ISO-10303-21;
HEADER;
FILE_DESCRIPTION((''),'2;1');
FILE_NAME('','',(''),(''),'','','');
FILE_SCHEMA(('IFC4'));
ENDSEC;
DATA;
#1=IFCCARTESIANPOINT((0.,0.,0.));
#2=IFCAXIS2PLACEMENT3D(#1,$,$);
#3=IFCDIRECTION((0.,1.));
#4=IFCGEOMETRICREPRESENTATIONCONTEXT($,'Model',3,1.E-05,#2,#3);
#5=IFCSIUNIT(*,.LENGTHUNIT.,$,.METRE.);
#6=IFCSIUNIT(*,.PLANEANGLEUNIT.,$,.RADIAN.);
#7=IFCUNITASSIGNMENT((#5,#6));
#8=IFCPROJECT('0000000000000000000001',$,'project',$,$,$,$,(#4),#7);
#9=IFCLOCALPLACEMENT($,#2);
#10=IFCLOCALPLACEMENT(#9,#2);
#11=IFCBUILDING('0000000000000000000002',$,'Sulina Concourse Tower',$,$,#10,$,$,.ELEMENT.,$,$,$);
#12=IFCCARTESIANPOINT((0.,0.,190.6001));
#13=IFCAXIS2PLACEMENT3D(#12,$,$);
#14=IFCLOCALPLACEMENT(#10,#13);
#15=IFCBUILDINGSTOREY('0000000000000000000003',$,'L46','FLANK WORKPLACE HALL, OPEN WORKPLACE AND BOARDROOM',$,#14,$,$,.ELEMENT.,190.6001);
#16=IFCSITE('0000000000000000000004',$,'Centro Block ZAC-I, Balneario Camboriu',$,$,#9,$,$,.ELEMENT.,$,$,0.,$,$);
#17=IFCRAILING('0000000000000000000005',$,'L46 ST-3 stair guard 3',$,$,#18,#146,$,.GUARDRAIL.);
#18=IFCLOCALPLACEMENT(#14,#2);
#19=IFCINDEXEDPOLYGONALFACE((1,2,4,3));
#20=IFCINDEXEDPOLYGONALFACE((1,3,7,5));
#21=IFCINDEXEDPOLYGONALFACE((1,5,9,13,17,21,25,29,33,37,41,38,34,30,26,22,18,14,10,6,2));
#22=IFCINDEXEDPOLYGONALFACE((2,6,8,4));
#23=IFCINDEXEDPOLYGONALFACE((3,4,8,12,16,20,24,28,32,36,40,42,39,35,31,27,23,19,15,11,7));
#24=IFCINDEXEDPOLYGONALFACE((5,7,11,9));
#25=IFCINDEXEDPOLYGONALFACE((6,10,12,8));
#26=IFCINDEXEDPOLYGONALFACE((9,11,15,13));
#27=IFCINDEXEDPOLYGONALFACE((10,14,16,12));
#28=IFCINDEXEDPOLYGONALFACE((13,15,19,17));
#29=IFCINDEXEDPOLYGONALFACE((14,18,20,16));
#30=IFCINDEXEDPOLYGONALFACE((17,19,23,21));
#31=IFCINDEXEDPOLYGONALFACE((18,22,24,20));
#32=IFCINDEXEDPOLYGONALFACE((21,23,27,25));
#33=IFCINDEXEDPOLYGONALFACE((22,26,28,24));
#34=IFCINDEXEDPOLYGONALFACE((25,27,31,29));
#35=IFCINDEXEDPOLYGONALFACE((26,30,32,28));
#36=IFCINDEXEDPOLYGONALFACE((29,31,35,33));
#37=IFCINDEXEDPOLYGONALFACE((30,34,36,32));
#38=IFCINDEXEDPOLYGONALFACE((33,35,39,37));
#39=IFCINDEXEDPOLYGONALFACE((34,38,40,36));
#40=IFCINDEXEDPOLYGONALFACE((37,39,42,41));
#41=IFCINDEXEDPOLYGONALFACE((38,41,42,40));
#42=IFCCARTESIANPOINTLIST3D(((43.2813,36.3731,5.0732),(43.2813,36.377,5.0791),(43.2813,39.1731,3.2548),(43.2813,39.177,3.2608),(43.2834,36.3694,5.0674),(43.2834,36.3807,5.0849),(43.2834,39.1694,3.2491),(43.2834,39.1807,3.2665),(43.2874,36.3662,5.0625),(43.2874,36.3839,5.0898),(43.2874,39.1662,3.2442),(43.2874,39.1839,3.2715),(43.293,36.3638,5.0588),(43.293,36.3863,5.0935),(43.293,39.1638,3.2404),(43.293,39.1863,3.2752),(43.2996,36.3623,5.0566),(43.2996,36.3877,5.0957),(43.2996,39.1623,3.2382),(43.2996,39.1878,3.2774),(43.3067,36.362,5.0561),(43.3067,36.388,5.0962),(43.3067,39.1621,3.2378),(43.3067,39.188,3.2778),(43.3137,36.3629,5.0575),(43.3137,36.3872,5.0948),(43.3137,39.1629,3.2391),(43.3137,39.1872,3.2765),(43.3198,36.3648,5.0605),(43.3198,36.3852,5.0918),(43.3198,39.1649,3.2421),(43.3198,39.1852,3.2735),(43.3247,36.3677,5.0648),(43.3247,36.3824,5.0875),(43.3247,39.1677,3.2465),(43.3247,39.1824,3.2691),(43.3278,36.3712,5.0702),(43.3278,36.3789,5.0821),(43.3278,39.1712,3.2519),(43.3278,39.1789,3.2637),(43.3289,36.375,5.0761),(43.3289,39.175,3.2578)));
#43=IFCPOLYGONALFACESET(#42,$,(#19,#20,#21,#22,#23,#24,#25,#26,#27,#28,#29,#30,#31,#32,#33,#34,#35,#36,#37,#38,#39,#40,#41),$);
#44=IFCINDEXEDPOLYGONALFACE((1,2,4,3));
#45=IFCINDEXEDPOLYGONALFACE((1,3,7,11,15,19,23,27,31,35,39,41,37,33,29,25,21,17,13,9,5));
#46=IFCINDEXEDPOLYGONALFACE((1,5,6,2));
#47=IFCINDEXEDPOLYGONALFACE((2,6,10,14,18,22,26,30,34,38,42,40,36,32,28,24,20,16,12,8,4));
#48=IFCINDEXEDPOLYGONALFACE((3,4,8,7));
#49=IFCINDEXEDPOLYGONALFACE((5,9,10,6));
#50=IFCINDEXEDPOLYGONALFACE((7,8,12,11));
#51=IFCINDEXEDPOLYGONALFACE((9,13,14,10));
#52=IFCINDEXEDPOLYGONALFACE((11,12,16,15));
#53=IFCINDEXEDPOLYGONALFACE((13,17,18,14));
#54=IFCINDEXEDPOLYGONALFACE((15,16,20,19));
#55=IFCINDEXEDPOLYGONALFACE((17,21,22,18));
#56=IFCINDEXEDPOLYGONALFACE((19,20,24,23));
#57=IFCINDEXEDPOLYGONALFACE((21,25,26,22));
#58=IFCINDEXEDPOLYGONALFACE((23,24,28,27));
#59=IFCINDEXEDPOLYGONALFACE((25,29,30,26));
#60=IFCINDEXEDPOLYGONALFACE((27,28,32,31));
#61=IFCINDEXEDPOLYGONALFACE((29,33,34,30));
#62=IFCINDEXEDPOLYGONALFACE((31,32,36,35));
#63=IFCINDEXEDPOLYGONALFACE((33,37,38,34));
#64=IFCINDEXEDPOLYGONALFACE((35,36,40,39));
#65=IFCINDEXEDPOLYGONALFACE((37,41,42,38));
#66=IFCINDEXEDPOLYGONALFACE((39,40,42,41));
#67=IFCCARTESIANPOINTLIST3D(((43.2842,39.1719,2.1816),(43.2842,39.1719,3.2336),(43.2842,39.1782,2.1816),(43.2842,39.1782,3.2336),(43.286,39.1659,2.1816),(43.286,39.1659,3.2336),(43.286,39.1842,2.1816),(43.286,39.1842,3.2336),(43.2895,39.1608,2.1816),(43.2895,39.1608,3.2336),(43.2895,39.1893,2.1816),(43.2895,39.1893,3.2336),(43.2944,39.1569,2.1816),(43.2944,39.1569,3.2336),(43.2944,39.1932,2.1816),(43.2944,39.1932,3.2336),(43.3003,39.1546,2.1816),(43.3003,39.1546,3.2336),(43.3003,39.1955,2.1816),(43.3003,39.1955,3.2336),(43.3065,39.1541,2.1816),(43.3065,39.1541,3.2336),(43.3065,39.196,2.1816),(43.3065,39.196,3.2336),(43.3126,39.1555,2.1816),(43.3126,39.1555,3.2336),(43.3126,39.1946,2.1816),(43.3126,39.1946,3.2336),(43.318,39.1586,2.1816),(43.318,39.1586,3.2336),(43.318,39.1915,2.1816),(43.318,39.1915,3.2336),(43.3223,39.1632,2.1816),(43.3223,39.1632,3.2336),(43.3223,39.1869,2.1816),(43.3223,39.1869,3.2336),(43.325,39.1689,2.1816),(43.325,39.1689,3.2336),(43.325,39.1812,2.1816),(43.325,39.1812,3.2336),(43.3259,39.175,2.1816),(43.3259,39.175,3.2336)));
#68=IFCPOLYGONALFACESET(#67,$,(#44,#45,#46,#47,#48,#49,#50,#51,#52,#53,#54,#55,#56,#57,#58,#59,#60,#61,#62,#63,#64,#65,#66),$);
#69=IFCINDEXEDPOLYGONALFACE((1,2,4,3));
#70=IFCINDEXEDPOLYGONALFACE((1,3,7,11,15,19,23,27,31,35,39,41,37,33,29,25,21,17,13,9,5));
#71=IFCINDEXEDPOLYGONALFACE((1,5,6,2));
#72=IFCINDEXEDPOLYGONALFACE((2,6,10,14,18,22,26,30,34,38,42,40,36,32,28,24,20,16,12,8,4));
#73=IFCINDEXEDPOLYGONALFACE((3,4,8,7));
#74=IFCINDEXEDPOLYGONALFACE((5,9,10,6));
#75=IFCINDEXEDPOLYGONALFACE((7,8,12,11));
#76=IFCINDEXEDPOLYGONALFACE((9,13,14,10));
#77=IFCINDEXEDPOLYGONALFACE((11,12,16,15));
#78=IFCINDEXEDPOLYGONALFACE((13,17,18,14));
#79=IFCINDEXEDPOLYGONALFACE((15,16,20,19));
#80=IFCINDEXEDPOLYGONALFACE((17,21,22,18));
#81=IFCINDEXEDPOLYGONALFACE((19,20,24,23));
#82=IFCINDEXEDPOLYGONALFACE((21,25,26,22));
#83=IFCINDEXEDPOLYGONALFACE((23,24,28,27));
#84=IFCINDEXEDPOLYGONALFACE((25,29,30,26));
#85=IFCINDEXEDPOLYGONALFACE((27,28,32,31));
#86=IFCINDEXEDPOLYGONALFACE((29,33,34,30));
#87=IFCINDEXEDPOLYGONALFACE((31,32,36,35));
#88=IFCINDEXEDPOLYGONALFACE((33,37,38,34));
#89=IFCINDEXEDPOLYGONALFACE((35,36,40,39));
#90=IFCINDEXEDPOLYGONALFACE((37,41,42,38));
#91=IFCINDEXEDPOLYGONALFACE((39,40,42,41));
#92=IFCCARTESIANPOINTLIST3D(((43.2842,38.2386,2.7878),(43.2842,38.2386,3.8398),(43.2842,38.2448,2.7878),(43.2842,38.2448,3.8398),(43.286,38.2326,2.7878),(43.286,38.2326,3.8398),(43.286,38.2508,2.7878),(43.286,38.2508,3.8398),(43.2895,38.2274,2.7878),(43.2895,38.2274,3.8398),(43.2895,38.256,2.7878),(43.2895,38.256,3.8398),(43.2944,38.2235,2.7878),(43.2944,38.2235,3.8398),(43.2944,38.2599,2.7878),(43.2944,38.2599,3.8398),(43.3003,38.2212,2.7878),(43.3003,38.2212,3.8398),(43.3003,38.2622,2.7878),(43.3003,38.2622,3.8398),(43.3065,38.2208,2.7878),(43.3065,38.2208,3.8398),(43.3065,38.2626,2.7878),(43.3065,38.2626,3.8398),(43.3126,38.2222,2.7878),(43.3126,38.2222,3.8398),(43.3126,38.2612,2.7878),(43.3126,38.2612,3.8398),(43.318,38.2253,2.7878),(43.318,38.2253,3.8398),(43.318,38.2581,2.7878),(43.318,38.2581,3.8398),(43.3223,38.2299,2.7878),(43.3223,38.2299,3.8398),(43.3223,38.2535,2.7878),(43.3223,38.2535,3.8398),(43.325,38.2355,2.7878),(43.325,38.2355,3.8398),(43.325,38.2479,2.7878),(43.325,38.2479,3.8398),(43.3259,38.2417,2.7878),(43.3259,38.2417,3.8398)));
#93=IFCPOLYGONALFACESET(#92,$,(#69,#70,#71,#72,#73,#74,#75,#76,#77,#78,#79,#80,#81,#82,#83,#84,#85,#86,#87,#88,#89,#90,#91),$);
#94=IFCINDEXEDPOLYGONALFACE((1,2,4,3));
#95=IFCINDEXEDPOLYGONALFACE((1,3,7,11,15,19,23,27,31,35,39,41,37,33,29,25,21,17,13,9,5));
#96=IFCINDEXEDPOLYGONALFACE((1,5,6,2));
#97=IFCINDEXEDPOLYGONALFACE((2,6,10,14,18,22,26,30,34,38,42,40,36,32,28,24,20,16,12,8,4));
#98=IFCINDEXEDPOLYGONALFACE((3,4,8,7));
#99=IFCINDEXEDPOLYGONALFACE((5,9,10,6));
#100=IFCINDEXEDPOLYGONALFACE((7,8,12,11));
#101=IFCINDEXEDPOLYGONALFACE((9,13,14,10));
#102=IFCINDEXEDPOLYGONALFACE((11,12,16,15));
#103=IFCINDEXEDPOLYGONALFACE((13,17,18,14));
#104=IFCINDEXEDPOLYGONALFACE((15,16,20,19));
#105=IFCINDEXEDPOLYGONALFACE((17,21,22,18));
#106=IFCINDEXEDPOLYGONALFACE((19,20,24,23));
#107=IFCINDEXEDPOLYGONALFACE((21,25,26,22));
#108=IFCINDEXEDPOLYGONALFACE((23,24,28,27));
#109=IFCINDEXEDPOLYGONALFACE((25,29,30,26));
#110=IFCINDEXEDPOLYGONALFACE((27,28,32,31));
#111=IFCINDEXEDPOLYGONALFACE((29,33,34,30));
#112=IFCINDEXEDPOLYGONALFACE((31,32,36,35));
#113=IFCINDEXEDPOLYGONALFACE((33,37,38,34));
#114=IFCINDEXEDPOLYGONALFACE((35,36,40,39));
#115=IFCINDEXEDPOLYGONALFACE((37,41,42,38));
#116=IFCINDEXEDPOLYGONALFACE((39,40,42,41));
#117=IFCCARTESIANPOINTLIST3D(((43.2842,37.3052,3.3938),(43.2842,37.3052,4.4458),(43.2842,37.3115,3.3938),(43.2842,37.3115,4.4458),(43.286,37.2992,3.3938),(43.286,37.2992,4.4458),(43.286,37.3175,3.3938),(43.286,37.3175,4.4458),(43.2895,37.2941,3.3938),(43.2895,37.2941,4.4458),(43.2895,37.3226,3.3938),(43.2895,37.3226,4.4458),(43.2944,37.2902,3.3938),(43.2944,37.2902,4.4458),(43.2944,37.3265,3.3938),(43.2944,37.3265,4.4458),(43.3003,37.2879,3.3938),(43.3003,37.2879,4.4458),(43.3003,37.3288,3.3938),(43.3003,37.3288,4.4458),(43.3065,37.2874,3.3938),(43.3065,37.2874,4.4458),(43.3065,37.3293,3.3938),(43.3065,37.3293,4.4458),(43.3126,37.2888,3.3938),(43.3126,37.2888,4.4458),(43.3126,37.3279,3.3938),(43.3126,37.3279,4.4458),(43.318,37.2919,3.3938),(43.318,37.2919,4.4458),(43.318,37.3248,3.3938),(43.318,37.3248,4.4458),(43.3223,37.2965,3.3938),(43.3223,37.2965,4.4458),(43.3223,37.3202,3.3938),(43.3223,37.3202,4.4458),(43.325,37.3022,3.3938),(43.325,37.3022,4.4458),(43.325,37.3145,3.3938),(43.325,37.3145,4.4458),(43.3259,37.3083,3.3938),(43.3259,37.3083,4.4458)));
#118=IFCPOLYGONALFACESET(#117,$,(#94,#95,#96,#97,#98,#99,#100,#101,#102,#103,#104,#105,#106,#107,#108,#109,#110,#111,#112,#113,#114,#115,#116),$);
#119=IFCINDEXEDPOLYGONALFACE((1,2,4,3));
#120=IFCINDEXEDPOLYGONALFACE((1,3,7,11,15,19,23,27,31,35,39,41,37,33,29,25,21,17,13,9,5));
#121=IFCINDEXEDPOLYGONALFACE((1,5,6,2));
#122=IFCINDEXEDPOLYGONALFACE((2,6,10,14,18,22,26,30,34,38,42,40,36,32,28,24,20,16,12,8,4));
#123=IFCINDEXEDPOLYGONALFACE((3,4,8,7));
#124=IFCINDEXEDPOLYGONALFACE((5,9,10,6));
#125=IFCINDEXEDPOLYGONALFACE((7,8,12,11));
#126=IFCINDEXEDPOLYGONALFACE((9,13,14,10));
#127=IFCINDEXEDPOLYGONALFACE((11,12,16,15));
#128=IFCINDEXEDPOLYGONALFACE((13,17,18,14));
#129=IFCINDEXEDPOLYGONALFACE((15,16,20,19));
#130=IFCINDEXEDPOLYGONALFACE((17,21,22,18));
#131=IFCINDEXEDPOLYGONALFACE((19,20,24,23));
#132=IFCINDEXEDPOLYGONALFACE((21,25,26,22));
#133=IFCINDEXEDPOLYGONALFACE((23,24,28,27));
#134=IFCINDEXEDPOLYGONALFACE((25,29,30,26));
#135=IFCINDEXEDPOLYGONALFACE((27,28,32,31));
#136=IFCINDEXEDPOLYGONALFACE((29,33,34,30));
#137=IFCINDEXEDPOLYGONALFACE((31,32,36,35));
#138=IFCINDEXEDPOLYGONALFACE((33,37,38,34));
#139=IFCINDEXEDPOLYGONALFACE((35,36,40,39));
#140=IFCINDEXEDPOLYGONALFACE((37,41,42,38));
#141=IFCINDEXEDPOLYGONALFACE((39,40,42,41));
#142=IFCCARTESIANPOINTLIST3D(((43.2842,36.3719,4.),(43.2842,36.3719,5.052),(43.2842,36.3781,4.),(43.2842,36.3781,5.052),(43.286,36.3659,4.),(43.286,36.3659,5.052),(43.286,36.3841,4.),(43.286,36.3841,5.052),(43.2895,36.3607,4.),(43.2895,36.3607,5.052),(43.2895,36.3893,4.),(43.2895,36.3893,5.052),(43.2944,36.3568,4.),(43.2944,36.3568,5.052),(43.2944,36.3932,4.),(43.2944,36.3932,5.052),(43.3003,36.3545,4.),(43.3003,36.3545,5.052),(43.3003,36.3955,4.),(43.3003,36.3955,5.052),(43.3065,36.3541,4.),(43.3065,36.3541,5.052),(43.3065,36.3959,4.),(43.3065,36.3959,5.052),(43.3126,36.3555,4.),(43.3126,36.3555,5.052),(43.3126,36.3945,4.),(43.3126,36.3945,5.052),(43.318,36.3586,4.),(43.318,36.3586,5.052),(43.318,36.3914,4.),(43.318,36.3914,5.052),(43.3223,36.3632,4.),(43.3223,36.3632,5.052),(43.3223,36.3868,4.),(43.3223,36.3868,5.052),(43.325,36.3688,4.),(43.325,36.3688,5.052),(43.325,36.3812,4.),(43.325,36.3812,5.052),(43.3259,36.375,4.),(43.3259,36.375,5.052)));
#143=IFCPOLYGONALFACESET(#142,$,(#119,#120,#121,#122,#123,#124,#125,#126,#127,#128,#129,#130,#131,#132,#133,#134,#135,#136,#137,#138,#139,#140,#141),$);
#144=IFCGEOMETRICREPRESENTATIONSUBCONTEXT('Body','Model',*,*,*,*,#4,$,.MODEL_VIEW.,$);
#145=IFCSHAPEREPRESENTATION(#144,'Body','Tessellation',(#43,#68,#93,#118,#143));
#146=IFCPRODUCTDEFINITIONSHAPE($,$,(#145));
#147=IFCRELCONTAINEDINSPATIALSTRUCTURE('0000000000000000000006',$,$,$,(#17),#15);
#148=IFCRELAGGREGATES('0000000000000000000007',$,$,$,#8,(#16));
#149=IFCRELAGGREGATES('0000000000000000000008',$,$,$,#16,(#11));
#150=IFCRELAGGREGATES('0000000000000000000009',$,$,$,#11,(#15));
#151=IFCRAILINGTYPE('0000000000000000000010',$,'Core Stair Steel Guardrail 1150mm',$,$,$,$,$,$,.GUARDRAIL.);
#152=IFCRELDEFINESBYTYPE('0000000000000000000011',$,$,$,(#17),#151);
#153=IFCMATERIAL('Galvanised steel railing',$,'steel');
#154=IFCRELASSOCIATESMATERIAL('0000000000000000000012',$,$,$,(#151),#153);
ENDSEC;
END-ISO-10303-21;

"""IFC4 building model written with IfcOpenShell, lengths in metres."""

from ifc_helpers import new_model, si_unit, direction, frame, origin, origin_2d, place, context, subcontext, project, spatial, circle, extrude, material, type_object, element, save


model = new_model("IFC4")

# Units and contexts
model_context = context("Model", 3, precision=1e-05, world=origin(), true_north=direction((0.0, 1.0)))
body_context = subcontext(model_context, "Body", "Model", "MODEL_VIEW")
ifc_project = project(units=[si_unit("LENGTHUNIT", "METRE"), si_unit("PLANEANGLEUNIT", "RADIAN")], contexts=[model_context])

# Site, building, storey
site_placement = place(None, origin())
site = spatial("IfcSite", under=ifc_project, at=site_placement, Name="Centro Block ZAC-I, Balneario Camboriu", CompositionType="ELEMENT", RefElevation=0.0)
building_placement = place(site_placement, origin())
building = spatial("IfcBuilding", under=site, at=building_placement, Name="Sulina Concourse Tower", CompositionType="ELEMENT")
storey_placement = place(building_placement, frame((0.0, 0.0, 190.6001)))
storey = spatial("IfcBuildingStorey", under=building, at=storey_placement, Name="L46", Description="FLANK WORKPLACE HALL, OPEN WORKPLACE AND BOARDROOM", CompositionType="ELEMENT", Elevation=190.6001)

# Railing
ifc_material_1 = material(Name="Galvanised steel railing", Category="steel")
railing_type_1 = type_object("IfcRailingType", Name="Core Stair Steel Guardrail 1150mm", PredefinedType="GUARDRAIL", material=ifc_material_1)
railing_1_placement = place(storey_placement, frame((43.3049, 39.175, 2.1816)))
element("IfcRailing", 1, at=railing_1_placement, inside=storey, type_object=railing_type_1, Name="L46 ST-3 stair guard 3", PredefinedType="GUARDRAIL", context=body_context, shape_type="SweptSolid", body=[
    extrude(circle(Radius=0.0239, at=origin_2d()), frame((0.0, 0.0, 1.0762), z_axis=(0.0, -0.838672, 0.544636), x_axis=(1.0, 0.0, 0.0)), (0.0, 0.0, 1.0), 3.3386),
    extrude(circle(Radius=0.021, at=origin_2d()), origin(), (0.0, 0.0, 1.0), 1.052),
    extrude(circle(Radius=0.021, at=origin_2d()), frame((0.0, -0.9333, 0.6062)), (0.0, 0.0, 1.0), 1.052),
    extrude(circle(Radius=0.021, at=origin_2d()), frame((0.0, -1.8667, 1.2122)), (0.0, 0.0, 1.0), 1.052),
    extrude(circle(Radius=0.021, at=origin_2d()), frame((0.0, -2.8, 1.8184)), (0.0, 0.0, 1.0), 1.052),
])

save(model, "model.ifc")
